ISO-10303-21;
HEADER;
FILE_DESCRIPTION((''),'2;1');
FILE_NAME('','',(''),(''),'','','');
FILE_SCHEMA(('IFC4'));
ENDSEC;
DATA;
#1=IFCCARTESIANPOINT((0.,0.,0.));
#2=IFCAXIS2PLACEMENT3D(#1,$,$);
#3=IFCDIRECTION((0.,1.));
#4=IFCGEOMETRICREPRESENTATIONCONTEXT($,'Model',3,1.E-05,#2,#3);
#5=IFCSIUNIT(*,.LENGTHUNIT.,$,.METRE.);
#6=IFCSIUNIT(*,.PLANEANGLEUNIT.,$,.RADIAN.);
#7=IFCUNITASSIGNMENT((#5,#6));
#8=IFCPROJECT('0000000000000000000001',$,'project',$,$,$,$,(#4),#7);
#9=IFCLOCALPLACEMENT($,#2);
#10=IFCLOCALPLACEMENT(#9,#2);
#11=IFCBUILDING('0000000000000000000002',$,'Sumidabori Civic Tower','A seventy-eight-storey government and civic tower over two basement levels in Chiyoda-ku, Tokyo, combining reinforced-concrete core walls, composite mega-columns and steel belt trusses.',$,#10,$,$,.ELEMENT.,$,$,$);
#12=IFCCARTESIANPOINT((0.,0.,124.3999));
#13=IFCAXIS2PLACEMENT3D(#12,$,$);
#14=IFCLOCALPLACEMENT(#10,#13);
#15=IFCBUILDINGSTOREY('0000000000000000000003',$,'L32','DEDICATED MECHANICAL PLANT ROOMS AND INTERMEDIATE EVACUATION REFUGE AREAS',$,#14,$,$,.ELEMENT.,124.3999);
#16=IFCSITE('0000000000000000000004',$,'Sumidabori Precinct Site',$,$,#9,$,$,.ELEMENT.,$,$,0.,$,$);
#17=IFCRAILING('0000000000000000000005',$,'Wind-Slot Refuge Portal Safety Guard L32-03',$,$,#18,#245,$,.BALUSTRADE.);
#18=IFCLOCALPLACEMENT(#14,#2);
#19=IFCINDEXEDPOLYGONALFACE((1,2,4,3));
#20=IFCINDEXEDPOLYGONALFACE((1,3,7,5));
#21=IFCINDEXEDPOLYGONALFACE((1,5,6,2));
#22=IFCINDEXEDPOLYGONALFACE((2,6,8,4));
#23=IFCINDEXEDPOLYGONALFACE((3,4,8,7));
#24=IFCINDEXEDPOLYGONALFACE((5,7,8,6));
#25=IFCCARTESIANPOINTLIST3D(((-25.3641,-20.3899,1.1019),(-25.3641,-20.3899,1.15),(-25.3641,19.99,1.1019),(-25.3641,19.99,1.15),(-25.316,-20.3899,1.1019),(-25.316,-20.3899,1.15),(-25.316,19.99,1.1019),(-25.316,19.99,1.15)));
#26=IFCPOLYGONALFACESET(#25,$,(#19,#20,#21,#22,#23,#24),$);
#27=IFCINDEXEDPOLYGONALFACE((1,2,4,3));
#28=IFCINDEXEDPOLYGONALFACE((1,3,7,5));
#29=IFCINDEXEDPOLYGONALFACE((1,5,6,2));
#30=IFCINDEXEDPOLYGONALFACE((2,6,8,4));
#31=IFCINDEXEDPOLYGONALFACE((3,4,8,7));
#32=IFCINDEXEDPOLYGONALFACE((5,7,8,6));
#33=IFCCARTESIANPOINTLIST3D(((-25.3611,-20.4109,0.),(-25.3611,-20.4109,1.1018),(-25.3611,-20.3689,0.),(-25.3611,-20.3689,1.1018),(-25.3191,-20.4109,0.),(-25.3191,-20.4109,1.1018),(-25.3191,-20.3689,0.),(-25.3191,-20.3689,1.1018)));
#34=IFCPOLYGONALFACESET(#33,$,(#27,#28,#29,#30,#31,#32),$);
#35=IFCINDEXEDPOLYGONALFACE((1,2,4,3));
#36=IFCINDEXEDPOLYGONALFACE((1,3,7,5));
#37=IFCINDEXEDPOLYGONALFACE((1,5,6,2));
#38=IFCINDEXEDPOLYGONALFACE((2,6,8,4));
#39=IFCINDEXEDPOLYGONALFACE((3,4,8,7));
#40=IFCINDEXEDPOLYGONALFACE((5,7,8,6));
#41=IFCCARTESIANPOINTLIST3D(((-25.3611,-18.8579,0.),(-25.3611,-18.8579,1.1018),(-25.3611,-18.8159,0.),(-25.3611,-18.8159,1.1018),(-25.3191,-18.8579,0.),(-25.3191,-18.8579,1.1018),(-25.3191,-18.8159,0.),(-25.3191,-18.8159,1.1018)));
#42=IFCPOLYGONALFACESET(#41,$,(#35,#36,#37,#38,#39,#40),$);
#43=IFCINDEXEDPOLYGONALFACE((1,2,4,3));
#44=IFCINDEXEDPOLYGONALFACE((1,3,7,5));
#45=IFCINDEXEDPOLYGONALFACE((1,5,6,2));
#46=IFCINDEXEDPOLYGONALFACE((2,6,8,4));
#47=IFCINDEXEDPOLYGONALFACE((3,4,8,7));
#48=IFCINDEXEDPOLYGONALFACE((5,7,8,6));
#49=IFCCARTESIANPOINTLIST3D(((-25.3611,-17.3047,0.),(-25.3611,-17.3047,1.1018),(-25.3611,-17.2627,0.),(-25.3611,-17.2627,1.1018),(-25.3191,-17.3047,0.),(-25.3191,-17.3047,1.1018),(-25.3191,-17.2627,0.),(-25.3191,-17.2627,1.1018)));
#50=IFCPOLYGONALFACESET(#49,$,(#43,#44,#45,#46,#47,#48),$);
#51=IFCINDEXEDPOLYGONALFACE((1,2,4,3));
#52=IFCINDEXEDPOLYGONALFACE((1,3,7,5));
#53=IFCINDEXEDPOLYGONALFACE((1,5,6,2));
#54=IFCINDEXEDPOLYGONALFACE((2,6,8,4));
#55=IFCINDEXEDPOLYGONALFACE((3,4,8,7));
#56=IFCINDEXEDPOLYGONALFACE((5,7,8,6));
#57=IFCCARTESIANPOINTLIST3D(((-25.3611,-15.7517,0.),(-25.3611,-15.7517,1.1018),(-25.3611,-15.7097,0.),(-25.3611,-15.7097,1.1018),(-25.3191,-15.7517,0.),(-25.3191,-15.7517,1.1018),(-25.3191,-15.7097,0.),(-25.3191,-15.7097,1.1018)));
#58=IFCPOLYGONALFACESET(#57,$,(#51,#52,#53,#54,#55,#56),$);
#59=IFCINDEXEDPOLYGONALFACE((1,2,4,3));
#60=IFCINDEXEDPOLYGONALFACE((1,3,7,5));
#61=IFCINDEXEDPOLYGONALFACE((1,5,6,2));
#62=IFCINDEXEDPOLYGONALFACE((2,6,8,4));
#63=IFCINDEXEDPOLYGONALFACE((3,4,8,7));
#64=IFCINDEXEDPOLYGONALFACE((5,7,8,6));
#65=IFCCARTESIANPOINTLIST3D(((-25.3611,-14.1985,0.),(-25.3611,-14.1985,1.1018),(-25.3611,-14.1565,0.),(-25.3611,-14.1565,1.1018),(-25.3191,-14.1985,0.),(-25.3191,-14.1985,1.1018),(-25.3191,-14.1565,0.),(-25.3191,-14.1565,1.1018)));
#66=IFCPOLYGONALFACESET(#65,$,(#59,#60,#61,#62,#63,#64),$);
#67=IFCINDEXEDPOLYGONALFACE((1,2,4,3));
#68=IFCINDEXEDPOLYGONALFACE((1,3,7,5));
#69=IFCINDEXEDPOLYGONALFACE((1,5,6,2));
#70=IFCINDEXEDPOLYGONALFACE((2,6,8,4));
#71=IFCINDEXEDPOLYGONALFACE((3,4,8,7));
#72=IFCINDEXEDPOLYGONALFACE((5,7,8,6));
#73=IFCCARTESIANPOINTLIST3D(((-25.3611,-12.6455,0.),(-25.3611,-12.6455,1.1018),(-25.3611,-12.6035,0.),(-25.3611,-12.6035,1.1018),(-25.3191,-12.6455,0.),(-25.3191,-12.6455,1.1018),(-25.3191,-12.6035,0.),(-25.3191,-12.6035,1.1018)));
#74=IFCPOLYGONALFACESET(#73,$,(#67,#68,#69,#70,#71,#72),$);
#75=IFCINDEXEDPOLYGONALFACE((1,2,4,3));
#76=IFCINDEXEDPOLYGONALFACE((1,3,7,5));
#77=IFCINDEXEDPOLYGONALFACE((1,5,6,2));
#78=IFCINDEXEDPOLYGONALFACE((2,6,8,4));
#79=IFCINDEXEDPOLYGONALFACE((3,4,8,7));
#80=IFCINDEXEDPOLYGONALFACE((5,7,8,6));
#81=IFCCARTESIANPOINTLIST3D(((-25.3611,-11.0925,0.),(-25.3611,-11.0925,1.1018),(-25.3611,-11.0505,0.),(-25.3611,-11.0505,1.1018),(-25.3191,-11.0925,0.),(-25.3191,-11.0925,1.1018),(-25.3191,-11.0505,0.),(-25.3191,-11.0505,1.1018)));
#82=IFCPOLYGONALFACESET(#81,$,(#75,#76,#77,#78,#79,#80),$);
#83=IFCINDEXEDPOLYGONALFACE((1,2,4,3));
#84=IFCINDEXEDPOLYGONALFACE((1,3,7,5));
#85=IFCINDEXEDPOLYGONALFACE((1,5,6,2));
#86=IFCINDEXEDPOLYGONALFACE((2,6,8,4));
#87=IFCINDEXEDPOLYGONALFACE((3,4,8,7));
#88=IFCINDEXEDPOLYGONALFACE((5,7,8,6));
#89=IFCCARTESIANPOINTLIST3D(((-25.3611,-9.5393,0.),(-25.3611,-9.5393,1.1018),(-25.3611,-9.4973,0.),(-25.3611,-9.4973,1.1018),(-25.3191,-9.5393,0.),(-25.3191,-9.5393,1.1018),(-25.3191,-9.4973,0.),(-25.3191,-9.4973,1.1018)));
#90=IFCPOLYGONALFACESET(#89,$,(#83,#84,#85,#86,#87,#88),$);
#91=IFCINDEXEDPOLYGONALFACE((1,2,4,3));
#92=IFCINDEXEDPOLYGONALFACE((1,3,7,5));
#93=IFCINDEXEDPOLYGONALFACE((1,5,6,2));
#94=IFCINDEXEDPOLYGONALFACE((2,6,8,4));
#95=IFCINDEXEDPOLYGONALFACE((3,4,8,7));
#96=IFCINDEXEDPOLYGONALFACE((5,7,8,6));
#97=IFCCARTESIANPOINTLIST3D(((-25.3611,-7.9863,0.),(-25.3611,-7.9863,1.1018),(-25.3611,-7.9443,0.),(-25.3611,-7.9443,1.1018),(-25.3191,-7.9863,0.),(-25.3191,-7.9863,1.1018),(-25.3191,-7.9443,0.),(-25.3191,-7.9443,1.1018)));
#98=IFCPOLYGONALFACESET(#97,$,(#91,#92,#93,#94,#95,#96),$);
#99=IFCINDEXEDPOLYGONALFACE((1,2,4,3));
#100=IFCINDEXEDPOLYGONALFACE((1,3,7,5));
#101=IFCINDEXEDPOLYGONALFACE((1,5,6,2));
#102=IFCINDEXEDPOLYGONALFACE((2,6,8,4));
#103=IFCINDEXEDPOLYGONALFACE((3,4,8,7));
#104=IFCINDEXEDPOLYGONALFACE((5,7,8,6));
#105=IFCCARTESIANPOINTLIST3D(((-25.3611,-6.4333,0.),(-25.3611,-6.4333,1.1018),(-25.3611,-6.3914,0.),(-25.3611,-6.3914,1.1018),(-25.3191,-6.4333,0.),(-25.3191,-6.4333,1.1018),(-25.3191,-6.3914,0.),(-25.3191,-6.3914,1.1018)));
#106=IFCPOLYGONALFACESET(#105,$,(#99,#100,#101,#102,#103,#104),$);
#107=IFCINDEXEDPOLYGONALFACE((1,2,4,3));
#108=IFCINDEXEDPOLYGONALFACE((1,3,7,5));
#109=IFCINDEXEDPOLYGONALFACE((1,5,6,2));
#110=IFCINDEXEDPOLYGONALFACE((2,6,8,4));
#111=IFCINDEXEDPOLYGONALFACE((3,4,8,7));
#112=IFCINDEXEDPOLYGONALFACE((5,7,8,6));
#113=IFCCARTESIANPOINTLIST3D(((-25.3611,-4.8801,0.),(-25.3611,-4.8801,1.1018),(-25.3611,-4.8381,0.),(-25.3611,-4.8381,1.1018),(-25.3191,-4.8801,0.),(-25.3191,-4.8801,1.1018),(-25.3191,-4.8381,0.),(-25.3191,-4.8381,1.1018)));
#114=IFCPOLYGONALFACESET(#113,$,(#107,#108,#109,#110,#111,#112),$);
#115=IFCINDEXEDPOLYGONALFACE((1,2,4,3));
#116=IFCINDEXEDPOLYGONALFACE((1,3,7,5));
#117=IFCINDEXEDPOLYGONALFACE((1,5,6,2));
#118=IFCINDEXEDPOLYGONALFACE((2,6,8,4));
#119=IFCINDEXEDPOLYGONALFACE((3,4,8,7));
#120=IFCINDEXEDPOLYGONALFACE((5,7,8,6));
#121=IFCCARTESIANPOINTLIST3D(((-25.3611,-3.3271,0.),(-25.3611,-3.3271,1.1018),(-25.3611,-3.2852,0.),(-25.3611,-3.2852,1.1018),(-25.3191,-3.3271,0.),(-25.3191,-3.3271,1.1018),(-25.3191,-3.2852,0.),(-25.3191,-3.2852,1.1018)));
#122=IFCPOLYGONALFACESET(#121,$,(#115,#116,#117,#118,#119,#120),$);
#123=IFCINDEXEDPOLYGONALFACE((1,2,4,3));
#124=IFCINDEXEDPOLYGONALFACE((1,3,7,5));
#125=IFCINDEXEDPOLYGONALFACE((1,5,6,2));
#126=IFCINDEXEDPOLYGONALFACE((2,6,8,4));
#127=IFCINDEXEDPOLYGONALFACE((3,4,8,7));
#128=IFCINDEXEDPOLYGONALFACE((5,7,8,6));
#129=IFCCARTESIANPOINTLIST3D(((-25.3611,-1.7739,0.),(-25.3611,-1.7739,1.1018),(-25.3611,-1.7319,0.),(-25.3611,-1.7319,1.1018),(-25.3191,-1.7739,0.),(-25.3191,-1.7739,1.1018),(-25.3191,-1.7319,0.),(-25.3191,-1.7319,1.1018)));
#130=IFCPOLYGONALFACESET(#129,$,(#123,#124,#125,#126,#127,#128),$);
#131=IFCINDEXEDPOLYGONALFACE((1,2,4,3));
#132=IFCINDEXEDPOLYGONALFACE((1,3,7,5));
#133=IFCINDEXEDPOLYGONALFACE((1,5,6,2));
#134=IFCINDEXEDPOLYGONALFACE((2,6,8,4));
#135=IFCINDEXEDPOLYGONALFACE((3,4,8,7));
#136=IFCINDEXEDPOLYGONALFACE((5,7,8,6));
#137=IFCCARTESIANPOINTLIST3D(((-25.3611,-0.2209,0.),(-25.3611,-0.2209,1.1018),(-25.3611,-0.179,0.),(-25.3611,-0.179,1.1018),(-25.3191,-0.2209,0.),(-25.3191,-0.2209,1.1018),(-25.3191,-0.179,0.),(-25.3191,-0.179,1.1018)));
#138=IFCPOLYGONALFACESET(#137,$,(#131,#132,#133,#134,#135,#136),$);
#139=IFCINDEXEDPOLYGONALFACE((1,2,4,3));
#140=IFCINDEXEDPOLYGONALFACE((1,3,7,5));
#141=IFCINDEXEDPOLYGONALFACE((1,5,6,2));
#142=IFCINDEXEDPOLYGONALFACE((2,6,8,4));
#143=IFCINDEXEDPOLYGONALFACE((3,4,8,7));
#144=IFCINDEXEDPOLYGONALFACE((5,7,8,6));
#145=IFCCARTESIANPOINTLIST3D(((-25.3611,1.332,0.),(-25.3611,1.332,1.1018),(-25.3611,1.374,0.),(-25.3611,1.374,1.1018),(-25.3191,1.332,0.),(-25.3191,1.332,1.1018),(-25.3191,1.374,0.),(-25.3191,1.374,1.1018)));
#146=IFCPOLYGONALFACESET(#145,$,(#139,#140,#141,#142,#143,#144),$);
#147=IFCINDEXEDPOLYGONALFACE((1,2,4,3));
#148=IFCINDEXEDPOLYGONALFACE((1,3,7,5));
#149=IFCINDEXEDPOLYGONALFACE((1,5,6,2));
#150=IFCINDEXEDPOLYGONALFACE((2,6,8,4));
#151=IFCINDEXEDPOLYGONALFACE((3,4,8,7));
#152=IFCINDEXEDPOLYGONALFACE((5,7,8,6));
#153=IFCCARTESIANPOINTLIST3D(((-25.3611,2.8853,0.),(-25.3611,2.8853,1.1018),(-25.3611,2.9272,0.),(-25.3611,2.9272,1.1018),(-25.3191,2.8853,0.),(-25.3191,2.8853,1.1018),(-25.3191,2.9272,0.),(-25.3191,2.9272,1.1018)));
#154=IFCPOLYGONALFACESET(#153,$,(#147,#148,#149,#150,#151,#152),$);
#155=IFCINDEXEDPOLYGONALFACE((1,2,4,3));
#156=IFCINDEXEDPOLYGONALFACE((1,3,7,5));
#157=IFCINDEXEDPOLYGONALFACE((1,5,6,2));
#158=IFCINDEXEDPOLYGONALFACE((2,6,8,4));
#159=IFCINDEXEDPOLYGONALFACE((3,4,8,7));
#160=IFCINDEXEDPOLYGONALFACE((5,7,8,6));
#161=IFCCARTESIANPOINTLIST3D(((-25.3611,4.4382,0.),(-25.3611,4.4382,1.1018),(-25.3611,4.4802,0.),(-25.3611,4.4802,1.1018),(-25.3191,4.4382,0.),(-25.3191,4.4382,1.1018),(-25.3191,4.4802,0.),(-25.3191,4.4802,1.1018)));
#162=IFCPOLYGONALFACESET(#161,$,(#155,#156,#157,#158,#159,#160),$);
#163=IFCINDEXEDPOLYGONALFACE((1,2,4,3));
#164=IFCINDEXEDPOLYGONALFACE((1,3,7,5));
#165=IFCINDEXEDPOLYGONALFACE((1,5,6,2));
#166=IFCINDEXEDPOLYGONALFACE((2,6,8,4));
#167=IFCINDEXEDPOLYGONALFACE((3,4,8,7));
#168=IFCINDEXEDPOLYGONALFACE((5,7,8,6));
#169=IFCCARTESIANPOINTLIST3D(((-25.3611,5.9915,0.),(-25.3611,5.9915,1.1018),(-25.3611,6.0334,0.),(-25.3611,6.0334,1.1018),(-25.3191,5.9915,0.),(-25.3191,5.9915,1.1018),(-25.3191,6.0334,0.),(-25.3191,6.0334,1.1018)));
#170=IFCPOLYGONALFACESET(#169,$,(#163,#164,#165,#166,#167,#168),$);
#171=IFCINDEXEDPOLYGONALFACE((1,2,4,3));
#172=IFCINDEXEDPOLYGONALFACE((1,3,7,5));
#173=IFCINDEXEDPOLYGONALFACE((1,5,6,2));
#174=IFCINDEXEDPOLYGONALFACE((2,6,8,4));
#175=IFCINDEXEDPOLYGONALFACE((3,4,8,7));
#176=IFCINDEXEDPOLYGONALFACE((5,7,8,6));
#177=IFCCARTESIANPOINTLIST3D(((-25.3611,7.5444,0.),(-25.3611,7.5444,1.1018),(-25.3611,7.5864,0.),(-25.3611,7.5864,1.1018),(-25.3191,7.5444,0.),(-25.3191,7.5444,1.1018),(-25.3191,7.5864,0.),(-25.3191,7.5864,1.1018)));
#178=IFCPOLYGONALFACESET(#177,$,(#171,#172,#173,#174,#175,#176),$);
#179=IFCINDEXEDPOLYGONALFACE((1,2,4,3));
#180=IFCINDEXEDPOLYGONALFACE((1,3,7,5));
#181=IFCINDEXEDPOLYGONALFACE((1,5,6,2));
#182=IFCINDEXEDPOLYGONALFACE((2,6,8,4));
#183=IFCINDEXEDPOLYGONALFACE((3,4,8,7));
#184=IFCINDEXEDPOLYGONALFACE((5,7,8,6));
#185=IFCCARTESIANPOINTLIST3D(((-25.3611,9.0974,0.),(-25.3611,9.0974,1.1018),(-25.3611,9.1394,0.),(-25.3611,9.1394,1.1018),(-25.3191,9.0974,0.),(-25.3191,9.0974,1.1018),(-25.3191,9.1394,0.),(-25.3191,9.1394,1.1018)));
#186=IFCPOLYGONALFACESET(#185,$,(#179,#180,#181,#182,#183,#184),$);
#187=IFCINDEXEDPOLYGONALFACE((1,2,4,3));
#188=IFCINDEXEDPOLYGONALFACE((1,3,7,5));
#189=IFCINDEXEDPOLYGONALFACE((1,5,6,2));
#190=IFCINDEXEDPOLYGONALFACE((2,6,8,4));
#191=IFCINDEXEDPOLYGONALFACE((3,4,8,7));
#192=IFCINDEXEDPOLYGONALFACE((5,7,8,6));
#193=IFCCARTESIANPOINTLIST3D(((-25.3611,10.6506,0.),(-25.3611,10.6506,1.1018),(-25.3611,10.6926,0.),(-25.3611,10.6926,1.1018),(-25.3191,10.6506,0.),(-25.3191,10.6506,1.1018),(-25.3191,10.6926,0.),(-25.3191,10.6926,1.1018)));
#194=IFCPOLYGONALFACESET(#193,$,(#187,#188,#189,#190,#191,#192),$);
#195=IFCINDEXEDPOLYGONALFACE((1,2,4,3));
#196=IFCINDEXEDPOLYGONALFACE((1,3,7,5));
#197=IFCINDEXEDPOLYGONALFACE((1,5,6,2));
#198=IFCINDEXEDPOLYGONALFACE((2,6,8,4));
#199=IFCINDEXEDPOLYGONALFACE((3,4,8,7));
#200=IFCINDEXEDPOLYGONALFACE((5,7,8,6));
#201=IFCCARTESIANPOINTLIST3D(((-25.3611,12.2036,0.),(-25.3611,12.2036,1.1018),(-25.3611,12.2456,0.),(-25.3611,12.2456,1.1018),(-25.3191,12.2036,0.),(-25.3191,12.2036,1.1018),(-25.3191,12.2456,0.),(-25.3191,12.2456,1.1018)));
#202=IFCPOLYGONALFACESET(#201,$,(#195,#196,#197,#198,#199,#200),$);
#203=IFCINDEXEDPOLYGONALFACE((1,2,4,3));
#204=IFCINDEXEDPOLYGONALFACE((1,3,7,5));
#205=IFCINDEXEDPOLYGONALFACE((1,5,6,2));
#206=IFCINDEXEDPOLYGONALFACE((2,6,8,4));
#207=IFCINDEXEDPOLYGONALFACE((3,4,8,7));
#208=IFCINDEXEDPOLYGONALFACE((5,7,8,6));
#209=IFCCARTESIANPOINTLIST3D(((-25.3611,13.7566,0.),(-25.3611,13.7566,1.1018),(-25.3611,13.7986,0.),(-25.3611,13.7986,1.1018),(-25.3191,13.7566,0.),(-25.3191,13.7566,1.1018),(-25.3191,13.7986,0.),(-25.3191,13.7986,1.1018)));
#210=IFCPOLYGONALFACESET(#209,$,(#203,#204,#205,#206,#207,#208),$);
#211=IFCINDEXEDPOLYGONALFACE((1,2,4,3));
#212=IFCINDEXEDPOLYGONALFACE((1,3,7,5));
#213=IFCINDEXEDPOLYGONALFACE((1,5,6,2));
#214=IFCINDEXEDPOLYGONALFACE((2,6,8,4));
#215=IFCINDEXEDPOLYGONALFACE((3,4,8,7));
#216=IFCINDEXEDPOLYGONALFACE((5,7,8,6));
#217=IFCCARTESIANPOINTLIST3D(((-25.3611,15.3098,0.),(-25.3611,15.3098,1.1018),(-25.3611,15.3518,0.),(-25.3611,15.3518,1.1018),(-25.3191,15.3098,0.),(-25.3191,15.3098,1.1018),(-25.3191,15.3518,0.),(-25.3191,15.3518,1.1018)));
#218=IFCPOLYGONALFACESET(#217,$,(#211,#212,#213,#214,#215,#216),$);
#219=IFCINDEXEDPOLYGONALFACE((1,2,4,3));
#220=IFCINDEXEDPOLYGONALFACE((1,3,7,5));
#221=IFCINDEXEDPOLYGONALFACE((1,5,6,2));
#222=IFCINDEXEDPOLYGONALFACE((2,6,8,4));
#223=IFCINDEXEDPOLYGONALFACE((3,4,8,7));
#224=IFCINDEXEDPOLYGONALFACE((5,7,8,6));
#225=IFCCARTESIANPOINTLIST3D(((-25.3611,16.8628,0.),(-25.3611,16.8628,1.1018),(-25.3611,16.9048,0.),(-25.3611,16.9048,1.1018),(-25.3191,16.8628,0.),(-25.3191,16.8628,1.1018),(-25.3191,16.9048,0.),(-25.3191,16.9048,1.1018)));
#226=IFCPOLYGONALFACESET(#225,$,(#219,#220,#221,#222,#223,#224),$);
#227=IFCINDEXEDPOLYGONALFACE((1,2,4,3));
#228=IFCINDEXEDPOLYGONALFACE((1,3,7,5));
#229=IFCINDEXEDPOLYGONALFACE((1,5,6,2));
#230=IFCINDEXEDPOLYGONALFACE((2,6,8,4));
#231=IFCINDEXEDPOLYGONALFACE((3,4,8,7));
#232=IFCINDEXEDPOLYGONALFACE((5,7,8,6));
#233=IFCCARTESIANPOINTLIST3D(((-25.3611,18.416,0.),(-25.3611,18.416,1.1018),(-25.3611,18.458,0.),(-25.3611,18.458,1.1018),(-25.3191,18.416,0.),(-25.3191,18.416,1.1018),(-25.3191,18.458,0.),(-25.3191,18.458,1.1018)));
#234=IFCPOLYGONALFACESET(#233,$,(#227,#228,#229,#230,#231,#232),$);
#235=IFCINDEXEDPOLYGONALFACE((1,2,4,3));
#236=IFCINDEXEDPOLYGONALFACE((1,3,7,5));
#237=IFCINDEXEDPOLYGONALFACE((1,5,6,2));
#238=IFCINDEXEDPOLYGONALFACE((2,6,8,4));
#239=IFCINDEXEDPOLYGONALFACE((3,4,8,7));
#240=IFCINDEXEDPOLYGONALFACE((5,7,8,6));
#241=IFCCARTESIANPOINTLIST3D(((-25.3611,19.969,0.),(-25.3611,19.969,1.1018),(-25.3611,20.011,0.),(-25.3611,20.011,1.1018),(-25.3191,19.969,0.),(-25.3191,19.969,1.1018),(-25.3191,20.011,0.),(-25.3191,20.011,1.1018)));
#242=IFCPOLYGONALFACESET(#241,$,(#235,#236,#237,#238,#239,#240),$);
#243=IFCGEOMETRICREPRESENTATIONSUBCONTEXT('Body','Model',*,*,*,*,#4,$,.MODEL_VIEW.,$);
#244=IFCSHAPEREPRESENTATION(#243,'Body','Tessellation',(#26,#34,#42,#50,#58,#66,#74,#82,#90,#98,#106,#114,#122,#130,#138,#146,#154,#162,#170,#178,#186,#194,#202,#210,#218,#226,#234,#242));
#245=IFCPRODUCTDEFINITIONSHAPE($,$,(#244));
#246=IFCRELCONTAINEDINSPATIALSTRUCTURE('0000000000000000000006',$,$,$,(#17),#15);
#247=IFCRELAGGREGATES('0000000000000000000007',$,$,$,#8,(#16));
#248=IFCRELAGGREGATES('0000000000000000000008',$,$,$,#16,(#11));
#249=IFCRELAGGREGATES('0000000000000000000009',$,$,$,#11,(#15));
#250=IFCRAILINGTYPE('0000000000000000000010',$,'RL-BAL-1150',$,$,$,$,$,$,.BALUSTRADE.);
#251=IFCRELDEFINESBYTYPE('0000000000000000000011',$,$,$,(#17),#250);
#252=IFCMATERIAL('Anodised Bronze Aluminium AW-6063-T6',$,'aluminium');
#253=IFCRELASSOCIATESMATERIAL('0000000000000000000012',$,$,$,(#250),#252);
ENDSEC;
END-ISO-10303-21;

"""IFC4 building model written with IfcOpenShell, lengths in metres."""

from ifc_helpers import new_model, si_unit, direction, frame, origin, origin_2d, place, context, subcontext, project, spatial, rectangle, extrude, material, type_object, element, save


model = new_model("IFC4")

# Units and contexts
model_context = context("Model", 3, precision=1e-05, world=origin(), true_north=direction((0.0, 1.0)))
body_context = subcontext(model_context, "Body", "Model", "MODEL_VIEW")
ifc_project = project(units=[si_unit("LENGTHUNIT", "METRE"), si_unit("PLANEANGLEUNIT", "RADIAN")], contexts=[model_context])

# Site, building, storey
site_placement = place(None, origin())
site = spatial("IfcSite", under=ifc_project, at=site_placement, Name="Sumidabori Precinct Site", CompositionType="ELEMENT", RefElevation=0.0)
building_placement = place(site_placement, origin())
building = spatial("IfcBuilding", under=site, at=building_placement, Name="Sumidabori Civic Tower", Description="A seventy-eight-storey government and civic tower over two basement levels in Chiyoda-ku, Tokyo, combining reinforced-concrete core walls, composite mega-columns and steel belt trusses.", CompositionType="ELEMENT")
storey_placement = place(building_placement, frame((0.0, 0.0, 124.3999)))
storey = spatial("IfcBuildingStorey", under=building, at=storey_placement, Name="L32", Description="DEDICATED MECHANICAL PLANT ROOMS AND INTERMEDIATE EVACUATION REFUGE AREAS", CompositionType="ELEMENT", Elevation=124.3999)

# Railing
ifc_material_1 = material(Name="Anodised Bronze Aluminium AW-6063-T6", Category="aluminium")
railing_type = type_object("IfcRailingType", Name="RL-BAL-1150", PredefinedType="BALUSTRADE", material=ifc_material_1)
railing_1_placement = place(storey_placement, frame((-25.3401, -20.3899, 0.0)))
element("IfcRailing", 1, at=railing_1_placement, inside=storey, type_object=railing_type, Name="Wind-Slot Refuge Portal Safety Guard L32-03", PredefinedType="BALUSTRADE", context=body_context, shape_type="SweptSolid", body=[
    extrude(rectangle(XDim=0.0481, YDim=0.0481, at=origin_2d()), frame((0.0, 0.0, 1.126), z_axis=(0.0, 1.0, 0.0), x_axis=(-1.0, 0.0, 0.0)), (0.0, 0.0, 1.0), 40.3799),
    extrude(rectangle(XDim=0.042, YDim=0.042, at=origin_2d()), origin(), (0.0, 0.0, 1.0), 1.1018),
    extrude(rectangle(XDim=0.042, YDim=0.042, at=origin_2d()), frame((0.0, 1.553, 0.0)), (0.0, 0.0, 1.0), 1.1018),
    extrude(rectangle(XDim=0.042, YDim=0.042, at=origin_2d()), frame((0.0, 3.1062, 0.0)), (0.0, 0.0, 1.0), 1.1018),
    extrude(rectangle(XDim=0.042, YDim=0.042, at=origin_2d()), frame((0.0, 4.6592, 0.0)), (0.0, 0.0, 1.0), 1.1018),
    extrude(rectangle(XDim=0.042, YDim=0.042, at=origin_2d()), frame((0.0, 6.2124, 0.0)), (0.0, 0.0, 1.0), 1.1018),
    extrude(rectangle(XDim=0.042, YDim=0.042, at=origin_2d()), frame((0.0, 7.7654, 0.0)), (0.0, 0.0, 1.0), 1.1018),
    extrude(rectangle(XDim=0.042, YDim=0.042, at=origin_2d()), frame((0.0, 9.3184, 0.0)), (0.0, 0.0, 1.0), 1.1018),
    extrude(rectangle(XDim=0.042, YDim=0.042, at=origin_2d()), frame((0.0, 10.8716, 0.0)), (0.0, 0.0, 1.0), 1.1018),
    extrude(rectangle(XDim=0.042, YDim=0.042, at=origin_2d()), frame((0.0, 12.4246, 0.0)), (0.0, 0.0, 1.0), 1.1018),
    extrude(rectangle(XDim=0.042, YDim=0.042, at=origin_2d()), frame((0.0, 13.9775, 0.0)), (0.0, 0.0, 1.0), 1.1018),
    extrude(rectangle(XDim=0.042, YDim=0.042, at=origin_2d()), frame((0.0, 15.5308, 0.0)), (0.0, 0.0, 1.0), 1.1018),
    extrude(rectangle(XDim=0.042, YDim=0.042, at=origin_2d()), frame((0.0, 17.0837, 0.0)), (0.0, 0.0, 1.0), 1.1018),
    extrude(rectangle(XDim=0.042, YDim=0.042, at=origin_2d()), frame((0.0, 18.637, 0.0)), (0.0, 0.0, 1.0), 1.1018),
    extrude(rectangle(XDim=0.042, YDim=0.042, at=origin_2d()), frame((0.0, 20.1899, 0.0)), (0.0, 0.0, 1.0), 1.1018),
    extrude(rectangle(XDim=0.042, YDim=0.042, at=origin_2d()), frame((0.0, 21.7429, 0.0)), (0.0, 0.0, 1.0), 1.1018),
    extrude(rectangle(XDim=0.042, YDim=0.042, at=origin_2d()), frame((0.0, 23.2961, 0.0)), (0.0, 0.0, 1.0), 1.1018),
    extrude(rectangle(XDim=0.042, YDim=0.042, at=origin_2d()), frame((0.0, 24.8491, 0.0)), (0.0, 0.0, 1.0), 1.1018),
    extrude(rectangle(XDim=0.042, YDim=0.042, at=origin_2d()), frame((0.0, 26.4023, 0.0)), (0.0, 0.0, 1.0), 1.1018),
    extrude(rectangle(XDim=0.042, YDim=0.042, at=origin_2d()), frame((0.0, 27.9553, 0.0)), (0.0, 0.0, 1.0), 1.1018),
    extrude(rectangle(XDim=0.042, YDim=0.042, at=origin_2d()), frame((0.0, 29.5083, 0.0)), (0.0, 0.0, 1.0), 1.1018),
    extrude(rectangle(XDim=0.042, YDim=0.042, at=origin_2d()), frame((0.0, 31.0615, 0.0)), (0.0, 0.0, 1.0), 1.1018),
    extrude(rectangle(XDim=0.042, YDim=0.042, at=origin_2d()), frame((0.0, 32.6145, 0.0)), (0.0, 0.0, 1.0), 1.1018),
    extrude(rectangle(XDim=0.042, YDim=0.042, at=origin_2d()), frame((0.0, 34.1675, 0.0)), (0.0, 0.0, 1.0), 1.1018),
    extrude(rectangle(XDim=0.042, YDim=0.042, at=origin_2d()), frame((0.0, 35.7207, 0.0)), (0.0, 0.0, 1.0), 1.1018),
    extrude(rectangle(XDim=0.042, YDim=0.042, at=origin_2d()), frame((0.0, 37.2737, 0.0)), (0.0, 0.0, 1.0), 1.1018),
    extrude(rectangle(XDim=0.042, YDim=0.042, at=origin_2d()), frame((0.0, 38.8269, 0.0)), (0.0, 0.0, 1.0), 1.1018),
    extrude(rectangle(XDim=0.042, YDim=0.042, at=origin_2d()), frame((0.0, 40.3799, 0.0)), (0.0, 0.0, 1.0), 1.1018),
])

save(model, "model.ifc")
